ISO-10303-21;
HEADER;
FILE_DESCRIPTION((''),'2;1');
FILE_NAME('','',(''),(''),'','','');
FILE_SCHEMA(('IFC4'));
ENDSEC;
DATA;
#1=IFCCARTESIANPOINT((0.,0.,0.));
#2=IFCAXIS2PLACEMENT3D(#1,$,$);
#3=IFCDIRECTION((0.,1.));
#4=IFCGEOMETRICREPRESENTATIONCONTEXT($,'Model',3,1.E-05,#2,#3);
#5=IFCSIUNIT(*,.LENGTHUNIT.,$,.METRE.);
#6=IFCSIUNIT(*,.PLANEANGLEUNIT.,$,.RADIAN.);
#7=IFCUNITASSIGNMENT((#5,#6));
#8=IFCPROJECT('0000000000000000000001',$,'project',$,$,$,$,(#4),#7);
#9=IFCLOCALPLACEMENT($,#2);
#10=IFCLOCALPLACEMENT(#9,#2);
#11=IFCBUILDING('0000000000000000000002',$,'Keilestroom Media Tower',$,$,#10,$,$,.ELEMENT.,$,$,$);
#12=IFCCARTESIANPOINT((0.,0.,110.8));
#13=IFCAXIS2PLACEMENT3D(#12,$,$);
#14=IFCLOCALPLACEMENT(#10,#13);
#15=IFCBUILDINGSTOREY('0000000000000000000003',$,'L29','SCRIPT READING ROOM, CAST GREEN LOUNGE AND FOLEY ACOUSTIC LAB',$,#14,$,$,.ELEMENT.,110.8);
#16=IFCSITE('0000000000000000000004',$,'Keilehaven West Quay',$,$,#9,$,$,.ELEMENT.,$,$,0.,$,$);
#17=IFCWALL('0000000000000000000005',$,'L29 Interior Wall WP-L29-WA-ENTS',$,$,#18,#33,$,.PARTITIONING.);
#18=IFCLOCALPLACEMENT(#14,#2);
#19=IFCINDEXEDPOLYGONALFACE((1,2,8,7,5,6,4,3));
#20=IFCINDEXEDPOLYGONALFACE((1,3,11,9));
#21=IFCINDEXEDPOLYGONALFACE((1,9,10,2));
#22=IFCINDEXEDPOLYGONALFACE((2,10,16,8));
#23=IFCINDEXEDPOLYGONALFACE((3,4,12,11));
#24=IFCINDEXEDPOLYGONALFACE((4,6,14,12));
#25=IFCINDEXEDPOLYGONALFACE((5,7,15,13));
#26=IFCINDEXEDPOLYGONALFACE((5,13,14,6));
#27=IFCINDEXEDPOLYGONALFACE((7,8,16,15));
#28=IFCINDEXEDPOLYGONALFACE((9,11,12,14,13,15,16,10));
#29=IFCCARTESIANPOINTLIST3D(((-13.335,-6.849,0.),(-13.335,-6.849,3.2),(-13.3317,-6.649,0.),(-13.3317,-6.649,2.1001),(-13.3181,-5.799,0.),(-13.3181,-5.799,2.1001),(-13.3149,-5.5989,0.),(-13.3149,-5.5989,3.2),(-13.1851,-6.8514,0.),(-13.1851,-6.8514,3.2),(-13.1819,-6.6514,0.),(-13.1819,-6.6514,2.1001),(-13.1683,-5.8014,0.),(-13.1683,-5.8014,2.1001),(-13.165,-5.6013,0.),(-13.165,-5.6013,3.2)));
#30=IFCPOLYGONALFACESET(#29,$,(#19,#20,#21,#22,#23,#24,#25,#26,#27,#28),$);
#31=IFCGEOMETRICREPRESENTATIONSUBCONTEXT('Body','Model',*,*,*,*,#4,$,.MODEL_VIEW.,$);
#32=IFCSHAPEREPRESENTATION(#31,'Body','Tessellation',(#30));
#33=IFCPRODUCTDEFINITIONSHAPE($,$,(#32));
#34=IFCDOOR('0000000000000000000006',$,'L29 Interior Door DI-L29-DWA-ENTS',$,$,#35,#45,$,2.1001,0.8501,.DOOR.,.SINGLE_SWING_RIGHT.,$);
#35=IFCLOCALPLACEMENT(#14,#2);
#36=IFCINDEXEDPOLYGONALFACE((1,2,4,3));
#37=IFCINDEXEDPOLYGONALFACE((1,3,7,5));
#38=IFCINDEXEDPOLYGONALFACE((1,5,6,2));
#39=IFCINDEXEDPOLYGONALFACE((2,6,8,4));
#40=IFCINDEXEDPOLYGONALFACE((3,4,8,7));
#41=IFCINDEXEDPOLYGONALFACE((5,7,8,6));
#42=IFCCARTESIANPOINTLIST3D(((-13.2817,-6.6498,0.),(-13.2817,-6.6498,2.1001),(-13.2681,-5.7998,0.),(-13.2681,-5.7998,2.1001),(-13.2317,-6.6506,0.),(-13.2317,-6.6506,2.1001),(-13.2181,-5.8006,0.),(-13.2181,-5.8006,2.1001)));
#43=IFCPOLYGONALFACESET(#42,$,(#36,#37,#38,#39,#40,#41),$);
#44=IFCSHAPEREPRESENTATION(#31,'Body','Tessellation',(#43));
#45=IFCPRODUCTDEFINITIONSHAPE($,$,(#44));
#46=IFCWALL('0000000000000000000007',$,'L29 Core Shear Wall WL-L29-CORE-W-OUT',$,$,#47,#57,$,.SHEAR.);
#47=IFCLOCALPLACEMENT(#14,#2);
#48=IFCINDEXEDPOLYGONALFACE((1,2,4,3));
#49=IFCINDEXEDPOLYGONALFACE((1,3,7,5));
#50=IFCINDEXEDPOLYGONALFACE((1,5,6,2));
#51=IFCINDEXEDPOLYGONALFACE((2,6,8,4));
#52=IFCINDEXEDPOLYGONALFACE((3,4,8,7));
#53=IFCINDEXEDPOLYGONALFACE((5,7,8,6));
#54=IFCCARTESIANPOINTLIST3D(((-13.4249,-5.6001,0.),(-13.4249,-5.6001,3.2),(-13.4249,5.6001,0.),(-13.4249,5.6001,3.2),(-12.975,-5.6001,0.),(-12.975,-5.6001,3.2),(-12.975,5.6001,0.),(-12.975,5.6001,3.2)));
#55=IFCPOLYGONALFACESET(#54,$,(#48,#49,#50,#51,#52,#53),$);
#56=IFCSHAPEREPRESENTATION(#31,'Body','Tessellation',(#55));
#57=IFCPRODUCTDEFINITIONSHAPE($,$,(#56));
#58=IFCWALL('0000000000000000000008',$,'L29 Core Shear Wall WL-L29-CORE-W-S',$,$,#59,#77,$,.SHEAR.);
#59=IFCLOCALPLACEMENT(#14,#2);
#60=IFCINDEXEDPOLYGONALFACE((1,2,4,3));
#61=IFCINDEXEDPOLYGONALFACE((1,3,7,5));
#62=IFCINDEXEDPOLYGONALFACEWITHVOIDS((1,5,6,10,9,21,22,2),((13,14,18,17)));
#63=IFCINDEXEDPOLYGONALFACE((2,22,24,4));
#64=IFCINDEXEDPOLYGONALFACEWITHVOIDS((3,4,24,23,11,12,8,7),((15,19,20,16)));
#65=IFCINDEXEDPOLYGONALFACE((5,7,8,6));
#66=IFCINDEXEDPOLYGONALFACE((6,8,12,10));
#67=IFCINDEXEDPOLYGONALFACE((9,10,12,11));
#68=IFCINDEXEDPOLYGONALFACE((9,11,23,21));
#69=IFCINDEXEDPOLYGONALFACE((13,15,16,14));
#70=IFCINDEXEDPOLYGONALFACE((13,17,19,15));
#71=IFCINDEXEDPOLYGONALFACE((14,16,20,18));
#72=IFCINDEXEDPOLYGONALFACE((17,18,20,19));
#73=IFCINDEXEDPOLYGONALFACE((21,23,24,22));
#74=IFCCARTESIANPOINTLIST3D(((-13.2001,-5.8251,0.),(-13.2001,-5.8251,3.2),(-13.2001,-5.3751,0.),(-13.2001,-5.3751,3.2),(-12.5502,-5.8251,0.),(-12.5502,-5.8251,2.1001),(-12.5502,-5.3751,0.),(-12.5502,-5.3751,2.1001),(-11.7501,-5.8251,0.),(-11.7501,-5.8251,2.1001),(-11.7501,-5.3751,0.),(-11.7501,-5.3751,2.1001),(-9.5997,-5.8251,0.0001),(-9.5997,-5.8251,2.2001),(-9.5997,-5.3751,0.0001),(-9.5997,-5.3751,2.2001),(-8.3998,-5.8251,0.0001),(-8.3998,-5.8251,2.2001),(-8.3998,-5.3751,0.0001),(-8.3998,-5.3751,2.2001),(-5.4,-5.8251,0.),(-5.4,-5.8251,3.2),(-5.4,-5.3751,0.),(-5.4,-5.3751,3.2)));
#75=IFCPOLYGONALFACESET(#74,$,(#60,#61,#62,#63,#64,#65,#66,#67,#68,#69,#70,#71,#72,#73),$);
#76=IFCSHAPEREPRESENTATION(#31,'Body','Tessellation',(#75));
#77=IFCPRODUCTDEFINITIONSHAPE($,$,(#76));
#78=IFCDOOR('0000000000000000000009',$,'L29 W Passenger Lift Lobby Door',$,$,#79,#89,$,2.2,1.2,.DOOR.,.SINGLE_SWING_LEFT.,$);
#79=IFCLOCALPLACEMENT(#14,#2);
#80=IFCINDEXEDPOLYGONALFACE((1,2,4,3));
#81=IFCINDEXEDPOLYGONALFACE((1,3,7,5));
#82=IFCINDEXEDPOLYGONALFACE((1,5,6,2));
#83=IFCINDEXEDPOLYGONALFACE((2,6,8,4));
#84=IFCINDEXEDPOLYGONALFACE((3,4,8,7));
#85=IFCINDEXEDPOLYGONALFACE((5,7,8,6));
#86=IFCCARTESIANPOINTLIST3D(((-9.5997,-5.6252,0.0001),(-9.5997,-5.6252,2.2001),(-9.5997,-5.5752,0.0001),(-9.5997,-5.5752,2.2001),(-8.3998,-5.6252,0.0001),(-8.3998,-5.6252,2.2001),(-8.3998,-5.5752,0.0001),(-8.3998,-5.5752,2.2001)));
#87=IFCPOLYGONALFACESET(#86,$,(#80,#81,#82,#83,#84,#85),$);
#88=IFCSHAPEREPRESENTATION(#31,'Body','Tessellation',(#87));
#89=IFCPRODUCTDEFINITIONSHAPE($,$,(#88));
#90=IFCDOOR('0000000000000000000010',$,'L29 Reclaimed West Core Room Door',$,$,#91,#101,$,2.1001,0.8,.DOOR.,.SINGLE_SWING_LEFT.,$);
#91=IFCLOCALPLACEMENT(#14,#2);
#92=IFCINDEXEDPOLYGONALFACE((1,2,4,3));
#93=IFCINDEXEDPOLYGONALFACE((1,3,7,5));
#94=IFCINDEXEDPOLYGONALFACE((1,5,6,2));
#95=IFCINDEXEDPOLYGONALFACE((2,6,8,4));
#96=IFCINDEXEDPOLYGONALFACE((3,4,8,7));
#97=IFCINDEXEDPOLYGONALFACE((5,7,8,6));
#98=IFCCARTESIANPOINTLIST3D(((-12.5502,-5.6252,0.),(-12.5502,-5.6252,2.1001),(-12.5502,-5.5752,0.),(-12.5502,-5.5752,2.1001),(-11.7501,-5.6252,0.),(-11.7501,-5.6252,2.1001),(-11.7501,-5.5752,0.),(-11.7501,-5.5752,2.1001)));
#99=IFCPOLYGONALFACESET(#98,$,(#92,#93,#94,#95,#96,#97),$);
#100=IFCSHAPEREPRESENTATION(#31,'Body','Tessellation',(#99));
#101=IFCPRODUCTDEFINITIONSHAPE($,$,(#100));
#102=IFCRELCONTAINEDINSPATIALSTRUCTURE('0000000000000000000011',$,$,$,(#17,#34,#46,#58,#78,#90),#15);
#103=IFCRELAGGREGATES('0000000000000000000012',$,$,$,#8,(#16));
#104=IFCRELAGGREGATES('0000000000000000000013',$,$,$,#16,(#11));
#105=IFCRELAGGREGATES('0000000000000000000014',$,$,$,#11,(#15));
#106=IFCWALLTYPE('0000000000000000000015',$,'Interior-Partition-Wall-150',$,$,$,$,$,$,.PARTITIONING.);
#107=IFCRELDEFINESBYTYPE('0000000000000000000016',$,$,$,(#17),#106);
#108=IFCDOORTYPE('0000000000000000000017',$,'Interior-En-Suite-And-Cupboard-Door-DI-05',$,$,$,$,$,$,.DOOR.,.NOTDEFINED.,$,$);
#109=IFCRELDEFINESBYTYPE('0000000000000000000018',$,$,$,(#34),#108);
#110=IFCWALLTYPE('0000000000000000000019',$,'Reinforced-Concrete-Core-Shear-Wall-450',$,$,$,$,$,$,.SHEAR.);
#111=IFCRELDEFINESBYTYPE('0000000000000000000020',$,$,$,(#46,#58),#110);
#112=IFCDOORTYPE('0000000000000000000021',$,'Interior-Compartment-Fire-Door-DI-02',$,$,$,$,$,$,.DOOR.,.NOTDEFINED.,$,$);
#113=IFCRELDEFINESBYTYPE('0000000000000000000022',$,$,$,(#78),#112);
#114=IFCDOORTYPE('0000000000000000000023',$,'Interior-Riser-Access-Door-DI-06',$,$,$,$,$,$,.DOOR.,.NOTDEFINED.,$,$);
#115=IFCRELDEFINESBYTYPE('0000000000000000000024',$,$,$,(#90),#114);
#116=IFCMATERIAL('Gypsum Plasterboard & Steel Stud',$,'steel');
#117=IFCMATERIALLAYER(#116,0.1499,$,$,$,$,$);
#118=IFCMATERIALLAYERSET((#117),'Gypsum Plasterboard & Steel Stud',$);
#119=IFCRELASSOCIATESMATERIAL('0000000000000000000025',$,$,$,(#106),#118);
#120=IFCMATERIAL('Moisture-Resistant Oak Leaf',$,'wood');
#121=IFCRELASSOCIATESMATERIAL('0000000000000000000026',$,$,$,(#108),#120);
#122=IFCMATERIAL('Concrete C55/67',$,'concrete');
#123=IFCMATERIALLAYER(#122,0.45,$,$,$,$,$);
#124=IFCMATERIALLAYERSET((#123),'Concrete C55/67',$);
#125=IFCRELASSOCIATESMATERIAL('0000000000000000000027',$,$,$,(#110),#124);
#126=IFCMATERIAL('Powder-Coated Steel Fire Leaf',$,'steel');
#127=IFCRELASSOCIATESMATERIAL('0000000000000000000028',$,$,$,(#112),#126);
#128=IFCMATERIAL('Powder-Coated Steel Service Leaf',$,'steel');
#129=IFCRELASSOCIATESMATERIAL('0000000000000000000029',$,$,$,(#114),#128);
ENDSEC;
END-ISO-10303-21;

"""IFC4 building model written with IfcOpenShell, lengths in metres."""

from ifc_helpers import new_model, si_unit, direction, frame, frame_2d, origin, place, context, subcontext, project, spatial, rectangle, extrude, source, transform, mapped, material, layer, layer_set, type_object, element, fill, save


model = new_model("IFC4")

# Units and contexts
model_context = context("Model", 3, precision=1e-05, world=origin(), true_north=direction((0.0, 1.0)))
body_context = subcontext(model_context, "Body", "Model", "MODEL_VIEW")
ifc_project = project(units=[si_unit("LENGTHUNIT", "METRE"), si_unit("PLANEANGLEUNIT", "RADIAN")], contexts=[model_context])

# Site, building, storey
site_placement = place(None, origin())
site = spatial("IfcSite", under=ifc_project, at=site_placement, Name="Keilehaven West Quay", CompositionType="ELEMENT", RefElevation=0.0)
building_placement = place(site_placement, origin())
building = spatial("IfcBuilding", under=site, at=building_placement, Name="Keilestroom Media Tower", CompositionType="ELEMENT")
storey_placement = place(building_placement, frame((0.0, 0.0, 110.8)))
storey = spatial("IfcBuildingStorey", under=building, at=storey_placement, Name="L29", Description="SCRIPT READING ROOM, CAST GREEN LOUNGE AND FOLEY ACOUSTIC LAB", CompositionType="ELEMENT", Elevation=110.8)

# Shared definitions
ifc_material_1 = material(Name="Gypsum Plasterboard & Steel Stud", Category="steel")
ifc_layer_1 = layer(ifc_material_1, 0.1499)
ifc_layer_set_1 = layer_set([ifc_layer_1], Name="Gypsum Plasterboard & Steel Stud")
wall_type_1 = type_object("IfcWallType", Name="Interior-Partition-Wall-150", PredefinedType="PARTITIONING", material=ifc_layer_set_1)

# Wall, opening, door
wall_1_placement = place(storey_placement, frame((-13.26, -6.8501, 0.0), z_axis=(0.0, 0.0, 1.0), x_axis=(0.016014, 0.999872, 0.0)))
wall_1 = element("IfcWall", 1, at=wall_1_placement, inside=storey, type_object=wall_type_1, Name="L29 Interior Wall WP-L29-WA-ENTS", PredefinedType="PARTITIONING", context=body_context, shape_type="SweptSolid", body=[
    extrude(rectangle(XDim=1.2502, YDim=0.1499, at=frame_2d((0.625, 0.0))), origin(), (0.0, 0.0, 1.0), 3.2),
])
opening_1_placement = place(wall_1_placement, frame((0.2, 0.0, 0.0)))
opening_1 = element("IfcOpeningElement", 2, at=opening_1_placement, cuts=wall_1, PredefinedType="OPENING", context=body_context, shape_type="SweptSolid", body=[
    extrude(rectangle(XDim=0.8501, YDim=2.1001, at=frame_2d((0.425, 1.05))), frame((0.0, 0.085, 0.0), z_axis=(0.0, -1.0, 0.0), x_axis=(1.0, 0.0, 0.0)), (0.0, 0.0, 1.0), 0.1699),
])
ifc_material_2 = material(Name="Moisture-Resistant Oak Leaf", Category="wood")
door_type_1 = type_object("IfcDoorType", Name="Interior-En-Suite-And-Cupboard-Door-DI-05", OperationType="NOTDEFINED", PredefinedType="DOOR", material=ifc_material_2)
shared_shape_1 = source(origin(), body_context, "Body", "SweptSolid", [
    extrude(rectangle(XDim=0.8501, YDim=2.1001, at=frame_2d((0.425, 1.05))), frame((0.0, 0.0249, 0.0), z_axis=(0.0, -1.0, 0.0), x_axis=(1.0, 0.0, 0.0)), (0.0, 0.0, 1.0), 0.05),
])
door_1_placement = place(opening_1_placement, origin())
door_1 = element("IfcDoor", 3, at=door_1_placement, inside=storey, type_object=door_type_1, Name="L29 Interior Door DI-L29-DWA-ENTS", OperationType="SINGLE_SWING_RIGHT", OverallHeight=2.1001, OverallWidth=0.8501, PredefinedType="DOOR", context=body_context, shape_type="MappedRepresentation", body=[
    mapped(shared_shape_1, transform((0.0, 0.0, 0.0), x_axis=(1.0, 0.0, 0.0), y_axis=(0.0, 1.0, 0.0), z_axis=(0.0, 0.0, 1.0), scale=1.0)),
])
fill(opening_1, door_1)

# Wall
ifc_material_3 = material(Name="Concrete C55/67", Category="concrete")
ifc_layer_2 = layer(ifc_material_3, 0.45)
ifc_layer_set_2 = layer_set([ifc_layer_2], Name="Concrete C55/67")
wall_type_2 = type_object("IfcWallType", Name="Reinforced-Concrete-Core-Shear-Wall-450", PredefinedType="SHEAR", material=ifc_layer_set_2)
wall_2_placement = place(storey_placement, frame((-13.2, -5.6001, 0.0), z_axis=(0.0, 0.0, 1.0), x_axis=(0.0, 1.0, 0.0)))
element("IfcWall", 4, at=wall_2_placement, inside=storey, type_object=wall_type_2, Name="L29 Core Shear Wall WL-L29-CORE-W-OUT", PredefinedType="SHEAR", context=body_context, shape_type="SweptSolid", body=[
    extrude(rectangle(XDim=11.2002, YDim=0.45, at=frame_2d((5.6001, 0.0))), origin(), (0.0, 0.0, 1.0), 3.2),
])

# Wall, openings, doors
wall_3_placement = place(storey_placement, frame((-13.2, -5.6001, 0.0), z_axis=(0.0, 0.0, 1.0), x_axis=(1.0, 0.0, 0.0)))
wall_3 = element("IfcWall", 5, at=wall_3_placement, inside=storey, type_object=wall_type_2, Name="L29 Core Shear Wall WL-L29-CORE-W-S", PredefinedType="SHEAR", context=body_context, shape_type="SweptSolid", body=[
    extrude(rectangle(XDim=7.8, YDim=0.45, at=frame_2d((3.8999, 0.0))), origin(), (0.0, 0.0, 1.0), 3.2),
])
opening_2_placement = place(wall_3_placement, frame((3.6001, 0.0, 0.0)))
opening_2 = element("IfcOpeningElement", 6, at=opening_2_placement, cuts=wall_3, PredefinedType="OPENING", context=body_context, shape_type="SweptSolid", body=[
    extrude(rectangle(XDim=1.2, YDim=2.2, at=frame_2d((0.6001, 1.1001))), frame((0.0, 0.2349, 0.0), z_axis=(0.0, -1.0, 0.0), x_axis=(1.0, 0.0, 0.0)), (0.0, 0.0, 1.0), 0.47),
])
opening_3_placement = place(wall_3_placement, frame((0.6499, 0.0, 0.0)))
opening_3 = element("IfcOpeningElement", 7, at=opening_3_placement, cuts=wall_3, PredefinedType="OPENING", context=body_context, shape_type="SweptSolid", body=[
    extrude(rectangle(XDim=0.8, YDim=2.1001, at=frame_2d((0.3999, 1.05))), frame((0.0, 0.2349, 0.0), z_axis=(0.0, -1.0, 0.0), x_axis=(1.0, 0.0, 0.0)), (0.0, 0.0, 1.0), 0.47),
])
ifc_material_4 = material(Name="Powder-Coated Steel Fire Leaf", Category="steel")
door_type_2 = type_object("IfcDoorType", Name="Interior-Compartment-Fire-Door-DI-02", OperationType="NOTDEFINED", PredefinedType="DOOR", material=ifc_material_4)
shared_shape_2 = source(origin(), body_context, "Body", "SweptSolid", [
    extrude(rectangle(XDim=1.2, YDim=2.2, at=frame_2d((0.6001, 1.1001))), frame((0.0, 0.0249, 0.0), z_axis=(0.0, -1.0, 0.0), x_axis=(1.0, 0.0, 0.0)), (0.0, 0.0, 1.0), 0.05),
])
door_2_placement = place(opening_2_placement, origin())
door_2 = element("IfcDoor", 8, at=door_2_placement, inside=storey, type_object=door_type_2, Name="L29 W Passenger Lift Lobby Door", OperationType="SINGLE_SWING_LEFT", OverallHeight=2.2, OverallWidth=1.2, PredefinedType="DOOR", context=body_context, shape_type="MappedRepresentation", body=[
    mapped(shared_shape_2, transform((0.0, 0.0, 0.0), x_axis=(1.0, 0.0, 0.0), y_axis=(0.0, 1.0, 0.0), z_axis=(0.0, 0.0, 1.0), scale=1.0)),
])
fill(opening_2, door_2)
ifc_material_5 = material(Name="Powder-Coated Steel Service Leaf", Category="steel")
door_type_3 = type_object("IfcDoorType", Name="Interior-Riser-Access-Door-DI-06", OperationType="NOTDEFINED", PredefinedType="DOOR", material=ifc_material_5)
shared_shape_3 = source(origin(), body_context, "Body", "SweptSolid", [
    extrude(rectangle(XDim=0.8, YDim=2.1001, at=frame_2d((0.3999, 1.05))), frame((0.0, 0.0249, 0.0), z_axis=(0.0, -1.0, 0.0), x_axis=(1.0, 0.0, 0.0)), (0.0, 0.0, 1.0), 0.05),
])
door_3_placement = place(opening_3_placement, origin())
door_3 = element("IfcDoor", 9, at=door_3_placement, inside=storey, type_object=door_type_3, Name="L29 Reclaimed West Core Room Door", OperationType="SINGLE_SWING_LEFT", OverallHeight=2.1001, OverallWidth=0.8, PredefinedType="DOOR", context=body_context, shape_type="MappedRepresentation", body=[
    mapped(shared_shape_3, transform((0.0, 0.0, 0.0), x_axis=(1.0, 0.0, 0.0), y_axis=(0.0, 1.0, 0.0), z_axis=(0.0, 0.0, 1.0), scale=1.0)),
])
fill(opening_3, door_3)

save(model, "model.ifc")
